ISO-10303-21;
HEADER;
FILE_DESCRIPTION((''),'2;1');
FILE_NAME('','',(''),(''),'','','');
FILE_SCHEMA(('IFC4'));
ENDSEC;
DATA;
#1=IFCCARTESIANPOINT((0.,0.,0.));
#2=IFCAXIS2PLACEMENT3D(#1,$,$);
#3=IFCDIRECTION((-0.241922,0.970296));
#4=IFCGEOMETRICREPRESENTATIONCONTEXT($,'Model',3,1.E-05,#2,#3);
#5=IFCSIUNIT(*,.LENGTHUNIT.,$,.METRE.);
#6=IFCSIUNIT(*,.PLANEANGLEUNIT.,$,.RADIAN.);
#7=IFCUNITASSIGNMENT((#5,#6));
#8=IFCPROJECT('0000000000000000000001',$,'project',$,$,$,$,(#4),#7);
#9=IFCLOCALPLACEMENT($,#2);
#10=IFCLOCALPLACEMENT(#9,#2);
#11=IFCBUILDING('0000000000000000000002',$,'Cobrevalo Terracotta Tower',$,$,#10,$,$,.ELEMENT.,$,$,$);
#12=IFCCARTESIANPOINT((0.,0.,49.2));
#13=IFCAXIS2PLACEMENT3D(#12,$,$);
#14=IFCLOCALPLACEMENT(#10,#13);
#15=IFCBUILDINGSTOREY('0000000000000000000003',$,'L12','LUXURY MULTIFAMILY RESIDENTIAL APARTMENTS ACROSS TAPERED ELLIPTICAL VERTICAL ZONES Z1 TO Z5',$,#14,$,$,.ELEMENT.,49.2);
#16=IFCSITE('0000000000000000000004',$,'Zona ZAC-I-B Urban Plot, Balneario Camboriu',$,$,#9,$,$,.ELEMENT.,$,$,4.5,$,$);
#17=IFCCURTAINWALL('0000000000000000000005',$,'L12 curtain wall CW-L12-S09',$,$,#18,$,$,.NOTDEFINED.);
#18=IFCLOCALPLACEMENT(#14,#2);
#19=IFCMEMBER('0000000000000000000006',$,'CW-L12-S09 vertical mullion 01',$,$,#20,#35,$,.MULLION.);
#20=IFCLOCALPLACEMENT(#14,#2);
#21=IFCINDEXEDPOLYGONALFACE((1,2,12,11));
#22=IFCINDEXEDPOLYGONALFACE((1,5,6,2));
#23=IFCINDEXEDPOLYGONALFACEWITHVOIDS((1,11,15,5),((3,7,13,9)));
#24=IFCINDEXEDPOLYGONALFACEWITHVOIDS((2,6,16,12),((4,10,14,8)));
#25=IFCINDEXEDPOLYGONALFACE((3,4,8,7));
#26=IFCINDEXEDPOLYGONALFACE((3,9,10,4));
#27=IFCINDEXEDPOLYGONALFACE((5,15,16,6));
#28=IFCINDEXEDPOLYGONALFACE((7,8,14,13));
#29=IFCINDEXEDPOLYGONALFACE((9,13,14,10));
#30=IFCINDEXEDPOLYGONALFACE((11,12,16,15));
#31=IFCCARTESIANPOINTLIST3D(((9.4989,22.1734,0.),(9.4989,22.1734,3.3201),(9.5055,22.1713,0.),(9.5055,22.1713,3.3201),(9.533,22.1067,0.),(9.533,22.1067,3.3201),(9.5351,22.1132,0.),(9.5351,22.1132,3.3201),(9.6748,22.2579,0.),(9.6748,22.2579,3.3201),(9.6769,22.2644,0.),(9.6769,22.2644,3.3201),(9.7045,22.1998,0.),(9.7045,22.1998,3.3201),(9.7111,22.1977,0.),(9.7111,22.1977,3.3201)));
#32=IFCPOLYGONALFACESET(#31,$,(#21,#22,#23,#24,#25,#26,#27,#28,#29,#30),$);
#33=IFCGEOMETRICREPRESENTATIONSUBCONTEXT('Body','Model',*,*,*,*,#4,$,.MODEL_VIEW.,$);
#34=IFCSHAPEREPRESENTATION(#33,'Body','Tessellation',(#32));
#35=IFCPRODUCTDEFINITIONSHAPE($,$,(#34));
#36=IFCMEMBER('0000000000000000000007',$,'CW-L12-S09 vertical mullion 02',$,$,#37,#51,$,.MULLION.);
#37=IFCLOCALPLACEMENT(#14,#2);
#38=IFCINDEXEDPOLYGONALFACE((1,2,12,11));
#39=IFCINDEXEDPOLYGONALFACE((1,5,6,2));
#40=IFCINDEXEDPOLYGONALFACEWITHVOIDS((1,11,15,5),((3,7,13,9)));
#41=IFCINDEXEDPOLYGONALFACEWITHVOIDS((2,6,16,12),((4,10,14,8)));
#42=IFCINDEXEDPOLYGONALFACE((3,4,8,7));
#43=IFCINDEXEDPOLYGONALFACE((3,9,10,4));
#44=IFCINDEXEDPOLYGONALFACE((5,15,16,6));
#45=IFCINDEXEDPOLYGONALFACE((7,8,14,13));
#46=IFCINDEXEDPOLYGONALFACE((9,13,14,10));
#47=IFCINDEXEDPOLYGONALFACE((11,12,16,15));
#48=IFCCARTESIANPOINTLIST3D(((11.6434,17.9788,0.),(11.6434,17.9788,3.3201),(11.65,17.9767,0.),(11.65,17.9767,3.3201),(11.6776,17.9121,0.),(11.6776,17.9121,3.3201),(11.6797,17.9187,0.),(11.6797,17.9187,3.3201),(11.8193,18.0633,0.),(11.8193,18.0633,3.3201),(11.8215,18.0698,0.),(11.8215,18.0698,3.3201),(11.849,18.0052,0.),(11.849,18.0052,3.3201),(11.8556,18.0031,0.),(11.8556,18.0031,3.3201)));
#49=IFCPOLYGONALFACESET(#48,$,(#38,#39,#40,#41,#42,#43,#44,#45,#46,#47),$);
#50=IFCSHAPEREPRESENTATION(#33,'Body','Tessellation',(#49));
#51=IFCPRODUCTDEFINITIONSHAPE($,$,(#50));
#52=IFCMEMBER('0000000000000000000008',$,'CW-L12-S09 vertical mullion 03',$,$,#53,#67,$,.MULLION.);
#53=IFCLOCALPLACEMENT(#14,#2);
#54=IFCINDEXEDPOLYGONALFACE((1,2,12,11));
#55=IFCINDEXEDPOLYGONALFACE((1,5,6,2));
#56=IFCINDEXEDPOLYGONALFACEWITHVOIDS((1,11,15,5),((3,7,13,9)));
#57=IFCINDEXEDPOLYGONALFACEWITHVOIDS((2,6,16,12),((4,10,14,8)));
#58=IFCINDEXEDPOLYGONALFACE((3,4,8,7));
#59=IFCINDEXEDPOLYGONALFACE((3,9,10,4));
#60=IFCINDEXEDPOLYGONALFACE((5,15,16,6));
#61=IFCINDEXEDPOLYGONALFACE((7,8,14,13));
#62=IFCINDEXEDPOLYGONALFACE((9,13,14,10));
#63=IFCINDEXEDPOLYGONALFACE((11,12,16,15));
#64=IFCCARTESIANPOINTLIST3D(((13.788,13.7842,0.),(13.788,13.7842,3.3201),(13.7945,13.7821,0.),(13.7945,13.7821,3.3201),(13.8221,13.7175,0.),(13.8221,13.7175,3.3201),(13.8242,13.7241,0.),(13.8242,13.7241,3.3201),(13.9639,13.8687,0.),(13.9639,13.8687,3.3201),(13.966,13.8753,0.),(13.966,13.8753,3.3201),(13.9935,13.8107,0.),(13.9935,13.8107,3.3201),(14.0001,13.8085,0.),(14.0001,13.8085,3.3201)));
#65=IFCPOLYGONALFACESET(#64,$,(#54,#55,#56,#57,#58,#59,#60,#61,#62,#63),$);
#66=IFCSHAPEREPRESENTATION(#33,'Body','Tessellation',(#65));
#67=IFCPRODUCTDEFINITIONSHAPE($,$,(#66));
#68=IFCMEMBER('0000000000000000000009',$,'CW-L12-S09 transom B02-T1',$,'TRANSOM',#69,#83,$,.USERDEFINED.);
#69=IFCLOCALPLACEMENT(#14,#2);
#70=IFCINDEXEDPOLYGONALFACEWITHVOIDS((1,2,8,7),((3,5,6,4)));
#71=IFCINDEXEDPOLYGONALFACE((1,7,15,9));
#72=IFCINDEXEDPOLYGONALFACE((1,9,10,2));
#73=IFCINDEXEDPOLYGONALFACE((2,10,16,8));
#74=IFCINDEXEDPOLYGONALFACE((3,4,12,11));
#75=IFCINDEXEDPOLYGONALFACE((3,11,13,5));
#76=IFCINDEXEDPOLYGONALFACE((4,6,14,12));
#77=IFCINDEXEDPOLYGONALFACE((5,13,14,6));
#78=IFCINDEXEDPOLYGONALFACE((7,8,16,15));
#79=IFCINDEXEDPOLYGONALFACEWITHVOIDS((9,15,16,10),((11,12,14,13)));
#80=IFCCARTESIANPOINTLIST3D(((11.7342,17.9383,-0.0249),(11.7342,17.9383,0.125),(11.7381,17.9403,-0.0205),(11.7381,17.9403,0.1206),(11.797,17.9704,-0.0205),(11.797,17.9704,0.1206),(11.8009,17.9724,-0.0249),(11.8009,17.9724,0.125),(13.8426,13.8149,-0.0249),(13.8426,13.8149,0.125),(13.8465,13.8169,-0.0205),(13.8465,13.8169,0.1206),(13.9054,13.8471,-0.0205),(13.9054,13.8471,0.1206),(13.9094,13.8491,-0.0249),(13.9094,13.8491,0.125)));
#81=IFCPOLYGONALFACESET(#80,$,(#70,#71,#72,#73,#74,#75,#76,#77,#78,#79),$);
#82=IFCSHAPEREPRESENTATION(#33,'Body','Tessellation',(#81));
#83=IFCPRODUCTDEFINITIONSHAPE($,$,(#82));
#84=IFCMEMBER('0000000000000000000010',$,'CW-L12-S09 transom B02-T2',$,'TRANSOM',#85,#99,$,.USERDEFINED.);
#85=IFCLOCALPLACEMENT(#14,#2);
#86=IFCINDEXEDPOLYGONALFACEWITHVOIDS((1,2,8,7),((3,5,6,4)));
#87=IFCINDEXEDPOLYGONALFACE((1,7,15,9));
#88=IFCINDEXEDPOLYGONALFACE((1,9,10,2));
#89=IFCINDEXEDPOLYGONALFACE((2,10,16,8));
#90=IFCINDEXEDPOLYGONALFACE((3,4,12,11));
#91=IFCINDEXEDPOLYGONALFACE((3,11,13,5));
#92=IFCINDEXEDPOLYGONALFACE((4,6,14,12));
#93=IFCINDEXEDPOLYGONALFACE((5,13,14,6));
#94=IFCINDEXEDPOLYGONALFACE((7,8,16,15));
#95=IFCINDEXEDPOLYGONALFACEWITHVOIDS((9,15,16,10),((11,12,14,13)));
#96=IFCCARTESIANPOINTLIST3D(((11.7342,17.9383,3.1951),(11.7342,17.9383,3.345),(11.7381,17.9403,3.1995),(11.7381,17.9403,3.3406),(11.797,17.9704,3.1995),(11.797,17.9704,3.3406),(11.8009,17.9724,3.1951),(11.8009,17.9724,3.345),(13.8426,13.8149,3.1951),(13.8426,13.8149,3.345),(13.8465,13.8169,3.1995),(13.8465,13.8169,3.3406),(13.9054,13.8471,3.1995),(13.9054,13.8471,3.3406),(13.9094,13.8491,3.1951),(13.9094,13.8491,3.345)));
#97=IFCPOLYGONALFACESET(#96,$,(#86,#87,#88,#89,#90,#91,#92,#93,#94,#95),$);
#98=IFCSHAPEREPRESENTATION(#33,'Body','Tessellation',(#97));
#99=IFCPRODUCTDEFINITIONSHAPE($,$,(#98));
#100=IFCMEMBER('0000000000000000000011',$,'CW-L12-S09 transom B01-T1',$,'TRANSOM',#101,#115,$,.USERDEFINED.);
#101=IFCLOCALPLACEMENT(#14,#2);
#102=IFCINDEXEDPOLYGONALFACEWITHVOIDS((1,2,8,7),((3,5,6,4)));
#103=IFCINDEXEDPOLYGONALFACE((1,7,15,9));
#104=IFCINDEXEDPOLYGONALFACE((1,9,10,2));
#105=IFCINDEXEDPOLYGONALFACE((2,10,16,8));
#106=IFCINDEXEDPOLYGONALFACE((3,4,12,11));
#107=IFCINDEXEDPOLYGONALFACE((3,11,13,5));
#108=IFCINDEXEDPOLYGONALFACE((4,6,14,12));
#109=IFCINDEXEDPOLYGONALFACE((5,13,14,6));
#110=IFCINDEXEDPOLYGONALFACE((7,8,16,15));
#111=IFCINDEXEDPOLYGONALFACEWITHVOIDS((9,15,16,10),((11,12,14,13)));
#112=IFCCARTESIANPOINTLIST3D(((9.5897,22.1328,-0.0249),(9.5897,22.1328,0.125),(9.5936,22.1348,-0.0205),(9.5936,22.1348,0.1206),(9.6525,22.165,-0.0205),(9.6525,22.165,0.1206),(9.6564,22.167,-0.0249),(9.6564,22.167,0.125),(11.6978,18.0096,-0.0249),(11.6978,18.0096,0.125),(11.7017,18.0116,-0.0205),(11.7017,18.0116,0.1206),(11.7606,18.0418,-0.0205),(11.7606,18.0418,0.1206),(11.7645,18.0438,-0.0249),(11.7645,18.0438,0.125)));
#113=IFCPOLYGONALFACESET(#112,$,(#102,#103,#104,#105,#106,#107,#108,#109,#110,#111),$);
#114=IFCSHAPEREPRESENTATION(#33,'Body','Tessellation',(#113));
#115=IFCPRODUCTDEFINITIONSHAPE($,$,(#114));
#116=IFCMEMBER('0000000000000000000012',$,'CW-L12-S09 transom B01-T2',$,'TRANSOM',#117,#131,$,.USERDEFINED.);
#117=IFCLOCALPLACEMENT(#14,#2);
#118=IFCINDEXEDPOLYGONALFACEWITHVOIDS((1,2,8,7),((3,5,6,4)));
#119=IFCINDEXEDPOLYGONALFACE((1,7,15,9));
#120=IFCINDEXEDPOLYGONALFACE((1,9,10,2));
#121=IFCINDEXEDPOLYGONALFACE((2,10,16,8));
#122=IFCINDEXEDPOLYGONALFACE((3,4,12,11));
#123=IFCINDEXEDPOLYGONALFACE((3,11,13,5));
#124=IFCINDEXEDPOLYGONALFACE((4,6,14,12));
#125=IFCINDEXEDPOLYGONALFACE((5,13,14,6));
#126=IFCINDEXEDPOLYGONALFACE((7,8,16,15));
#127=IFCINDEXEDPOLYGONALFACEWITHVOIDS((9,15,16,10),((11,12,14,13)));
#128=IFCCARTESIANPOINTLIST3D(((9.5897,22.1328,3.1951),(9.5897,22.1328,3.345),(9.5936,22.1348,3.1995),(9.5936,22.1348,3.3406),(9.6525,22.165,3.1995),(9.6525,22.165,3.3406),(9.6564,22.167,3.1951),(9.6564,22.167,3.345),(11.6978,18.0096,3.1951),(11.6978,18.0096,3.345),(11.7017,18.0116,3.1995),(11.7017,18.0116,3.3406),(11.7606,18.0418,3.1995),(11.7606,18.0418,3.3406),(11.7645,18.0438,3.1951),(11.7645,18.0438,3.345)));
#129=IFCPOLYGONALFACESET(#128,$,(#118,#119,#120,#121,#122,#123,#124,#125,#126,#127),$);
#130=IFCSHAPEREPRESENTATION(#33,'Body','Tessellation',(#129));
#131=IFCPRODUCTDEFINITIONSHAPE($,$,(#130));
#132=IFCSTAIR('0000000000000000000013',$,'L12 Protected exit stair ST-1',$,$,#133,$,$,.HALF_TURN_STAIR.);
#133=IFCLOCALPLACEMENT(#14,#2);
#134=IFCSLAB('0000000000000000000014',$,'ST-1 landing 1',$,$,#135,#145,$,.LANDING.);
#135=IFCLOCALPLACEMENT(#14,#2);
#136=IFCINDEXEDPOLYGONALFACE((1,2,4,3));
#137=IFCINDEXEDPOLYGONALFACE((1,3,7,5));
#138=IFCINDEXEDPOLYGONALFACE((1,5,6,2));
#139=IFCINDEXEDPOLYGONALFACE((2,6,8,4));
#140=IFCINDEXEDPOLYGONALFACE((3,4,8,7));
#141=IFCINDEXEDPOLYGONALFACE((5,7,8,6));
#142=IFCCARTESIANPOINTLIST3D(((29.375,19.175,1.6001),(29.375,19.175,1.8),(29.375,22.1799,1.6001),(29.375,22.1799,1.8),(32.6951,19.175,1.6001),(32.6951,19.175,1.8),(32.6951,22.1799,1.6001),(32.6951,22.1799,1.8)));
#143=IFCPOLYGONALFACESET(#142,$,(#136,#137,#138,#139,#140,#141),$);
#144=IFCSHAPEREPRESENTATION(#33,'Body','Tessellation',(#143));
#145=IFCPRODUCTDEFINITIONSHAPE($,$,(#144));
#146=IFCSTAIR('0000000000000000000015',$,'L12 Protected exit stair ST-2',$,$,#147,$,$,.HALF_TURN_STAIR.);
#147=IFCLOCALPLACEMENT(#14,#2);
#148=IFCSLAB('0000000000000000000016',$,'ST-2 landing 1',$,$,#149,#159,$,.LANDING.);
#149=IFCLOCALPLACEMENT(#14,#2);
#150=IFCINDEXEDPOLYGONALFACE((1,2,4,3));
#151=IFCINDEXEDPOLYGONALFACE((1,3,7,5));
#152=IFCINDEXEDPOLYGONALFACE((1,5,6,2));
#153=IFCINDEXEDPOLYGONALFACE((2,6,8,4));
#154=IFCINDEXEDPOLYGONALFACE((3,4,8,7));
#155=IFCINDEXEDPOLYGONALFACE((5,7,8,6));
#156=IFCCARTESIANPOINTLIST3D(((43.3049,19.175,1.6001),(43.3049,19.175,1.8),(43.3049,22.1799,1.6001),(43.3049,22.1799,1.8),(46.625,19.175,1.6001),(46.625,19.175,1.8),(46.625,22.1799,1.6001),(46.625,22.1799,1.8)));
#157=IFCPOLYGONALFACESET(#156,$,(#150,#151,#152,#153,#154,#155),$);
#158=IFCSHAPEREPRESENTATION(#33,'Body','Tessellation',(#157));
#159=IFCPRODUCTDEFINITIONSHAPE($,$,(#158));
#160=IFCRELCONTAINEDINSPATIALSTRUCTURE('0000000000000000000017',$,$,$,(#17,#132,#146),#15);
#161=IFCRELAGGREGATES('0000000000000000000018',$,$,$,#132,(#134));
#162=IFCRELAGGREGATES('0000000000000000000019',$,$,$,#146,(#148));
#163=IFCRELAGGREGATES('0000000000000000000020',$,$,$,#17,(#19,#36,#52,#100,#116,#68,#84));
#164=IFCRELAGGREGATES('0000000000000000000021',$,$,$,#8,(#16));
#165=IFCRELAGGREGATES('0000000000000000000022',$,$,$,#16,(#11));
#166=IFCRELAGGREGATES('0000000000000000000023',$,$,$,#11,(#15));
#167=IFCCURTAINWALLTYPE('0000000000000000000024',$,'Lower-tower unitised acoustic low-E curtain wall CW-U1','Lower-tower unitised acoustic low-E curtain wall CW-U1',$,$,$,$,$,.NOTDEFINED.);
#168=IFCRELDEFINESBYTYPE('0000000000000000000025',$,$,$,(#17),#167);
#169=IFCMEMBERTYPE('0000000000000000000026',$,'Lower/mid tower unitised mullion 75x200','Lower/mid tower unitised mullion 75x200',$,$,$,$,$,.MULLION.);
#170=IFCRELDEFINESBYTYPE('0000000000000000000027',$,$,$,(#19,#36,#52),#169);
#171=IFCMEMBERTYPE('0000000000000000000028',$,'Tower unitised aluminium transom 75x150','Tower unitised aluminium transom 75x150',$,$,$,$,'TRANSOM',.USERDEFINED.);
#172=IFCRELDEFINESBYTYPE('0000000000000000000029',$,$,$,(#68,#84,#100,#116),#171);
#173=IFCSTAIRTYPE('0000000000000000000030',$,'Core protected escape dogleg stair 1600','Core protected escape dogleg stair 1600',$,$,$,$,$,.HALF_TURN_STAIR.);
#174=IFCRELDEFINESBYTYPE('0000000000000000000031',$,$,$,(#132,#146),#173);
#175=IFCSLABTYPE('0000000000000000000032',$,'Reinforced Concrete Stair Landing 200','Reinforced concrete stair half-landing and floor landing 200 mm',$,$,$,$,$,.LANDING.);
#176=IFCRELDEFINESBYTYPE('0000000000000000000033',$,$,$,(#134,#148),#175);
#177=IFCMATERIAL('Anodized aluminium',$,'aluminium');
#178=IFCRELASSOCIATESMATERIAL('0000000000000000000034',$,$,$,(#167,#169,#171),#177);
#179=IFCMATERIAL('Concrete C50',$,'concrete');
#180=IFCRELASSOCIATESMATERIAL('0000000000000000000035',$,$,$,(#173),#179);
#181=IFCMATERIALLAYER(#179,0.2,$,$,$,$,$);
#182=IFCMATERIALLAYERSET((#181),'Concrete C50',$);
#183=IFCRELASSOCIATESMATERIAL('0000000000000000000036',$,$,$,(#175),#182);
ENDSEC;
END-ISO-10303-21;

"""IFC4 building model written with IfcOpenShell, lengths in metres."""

from ifc_helpers import new_model, si_unit, direction, frame, origin, origin_2d, place, context, subcontext, project, spatial, polyline, hollow_rectangle, outline, extrude, source, transform, mapped, material, layer, layer_set, material_profile, profile_set, type_object, element, aggregate, save


model = new_model("IFC4")

# Units and contexts
model_context = context("Model", 3, precision=1e-05, world=origin(), true_north=direction((-0.241922, 0.970296)))
body_context = subcontext(model_context, "Body", "Model", "MODEL_VIEW")
ifc_project = project(units=[si_unit("LENGTHUNIT", "METRE"), si_unit("PLANEANGLEUNIT", "RADIAN")], contexts=[model_context])

# Site, building, storey
site_placement = place(None, origin())
site = spatial("IfcSite", under=ifc_project, at=site_placement, Name="Zona ZAC-I-B Urban Plot, Balneario Camboriu", CompositionType="ELEMENT", RefElevation=4.5)
building_placement = place(site_placement, origin())
building = spatial("IfcBuilding", under=site, at=building_placement, Name="Cobrevalo Terracotta Tower", CompositionType="ELEMENT")
storey_placement = place(building_placement, frame((0.0, 0.0, 49.2)))
storey = spatial("IfcBuildingStorey", under=building, at=storey_placement, Name="L12", Description="LUXURY MULTIFAMILY RESIDENTIAL APARTMENTS ACROSS TAPERED ELLIPTICAL VERTICAL ZONES Z1 TO Z5", CompositionType="ELEMENT", Elevation=49.2)

# Curtain wall, members
ifc_material_1 = material(Name="Anodized aluminium", Category="aluminium")
curtain_wall_type = type_object("IfcCurtainWallType", Name="Lower-tower unitised acoustic low-E curtain wall CW-U1", Description="Lower-tower unitised acoustic low-E curtain wall CW-U1", PredefinedType="NOTDEFINED", material=ifc_material_1)
curtain_wall_placement = place(storey_placement, origin())
curtain_wall = element("IfcCurtainWall", 1, at=curtain_wall_placement, inside=storey, type_object=curtain_wall_type, Name="L12 curtain wall CW-L12-S09", PredefinedType="NOTDEFINED")
ifc_material_profile_1 = material_profile(ifc_material_1, hollow_rectangle(XDim=0.075, YDim=0.2, WallThickness=0.0049, at=origin_2d()), Name="CWM 75x200")
ifc_profile_set_1 = profile_set([ifc_material_profile_1], Name="Anodized aluminium")
member_type_1 = type_object("IfcMemberType", Name="Lower/mid tower unitised mullion 75x200", Description="Lower/mid tower unitised mullion 75x200", PredefinedType="MULLION", material=ifc_profile_set_1)
shared_shape_1 = source(origin(), body_context, "Body", "SweptSolid", [
    extrude(hollow_rectangle(XDim=0.075, YDim=0.2, WallThickness=0.0049, at=origin_2d()), origin(), (0.0, 0.0, 1.0), 3.3201),
])
member_1_placement = place(storey_placement, frame((9.605, 22.1855, 0.0), z_axis=(0.0, 0.0, 1.0), x_axis=(0.455234, -0.890372, 0.0)))
member_1 = element("IfcMember", 2, at=member_1_placement, type_object=member_type_1, Name="CW-L12-S09 vertical mullion 01", PredefinedType="MULLION", context=body_context, shape_type="MappedRepresentation", body=[
    mapped(shared_shape_1, transform((0.0, 0.0, 0.0), scale=1.0)),
])
member_2_placement = place(storey_placement, frame((11.7495, 17.991, 0.0), z_axis=(0.0, 0.0, 1.0), x_axis=(0.455234, -0.890372, 0.0)))
member_2 = element("IfcMember", 3, at=member_2_placement, type_object=member_type_1, Name="CW-L12-S09 vertical mullion 02", PredefinedType="MULLION", context=body_context, shape_type="MappedRepresentation", body=[
    mapped(shared_shape_1, transform((0.0, 0.0, 0.0), scale=1.0)),
])
member_3_placement = place(storey_placement, frame((13.894, 13.7964, 0.0), z_axis=(0.0, 0.0, 1.0), x_axis=(0.455234, -0.890372, 0.0)))
member_3 = element("IfcMember", 4, at=member_3_placement, type_object=member_type_1, Name="CW-L12-S09 vertical mullion 03", PredefinedType="MULLION", context=body_context, shape_type="MappedRepresentation", body=[
    mapped(shared_shape_1, transform((0.0, 0.0, 0.0), scale=1.0)),
])
ifc_material_profile_2 = material_profile(ifc_material_1, hollow_rectangle(XDim=0.075, YDim=0.1499, WallThickness=0.0044, at=origin_2d()), Name="CWT 75x150")
ifc_profile_set_2 = profile_set([ifc_material_profile_2], Name="Anodized aluminium")
member_type_2 = type_object("IfcMemberType", Name="Tower unitised aluminium transom 75x150", Description="Tower unitised aluminium transom 75x150", ElementType="TRANSOM", PredefinedType="USERDEFINED", material=ifc_profile_set_2)
shared_shape_2 = source(origin(), body_context, "Body", "SweptSolid", [
    extrude(hollow_rectangle(XDim=0.075, YDim=0.1499, WallThickness=0.0044, at=origin_2d()), origin(), (0.0, 0.0, 1.0), 4.6311),
])
member_4_placement = place(storey_placement, frame((11.7676, 17.9553, 0.05), z_axis=(0.455272, -0.890353, 0.0), x_axis=(0.890353, 0.455272, 0.0)))
member_4 = element("IfcMember", 5, at=member_4_placement, type_object=member_type_2, Name="CW-L12-S09 transom B02-T1", ObjectType="TRANSOM", PredefinedType="USERDEFINED", context=body_context, shape_type="MappedRepresentation", body=[
    mapped(shared_shape_2, transform((0.0, 0.0, 0.0), scale=1.0)),
])
member_5_placement = place(storey_placement, frame((11.7676, 17.9553, 3.27), z_axis=(0.455272, -0.890353, 0.0), x_axis=(0.890353, 0.455272, 0.0)))
member_5 = element("IfcMember", 6, at=member_5_placement, type_object=member_type_2, Name="CW-L12-S09 transom B02-T2", ObjectType="TRANSOM", PredefinedType="USERDEFINED", context=body_context, shape_type="MappedRepresentation", body=[
    mapped(shared_shape_2, transform((0.0, 0.0, 0.0), scale=1.0)),
])
shared_shape_3 = source(origin(), body_context, "Body", "SweptSolid", [
    extrude(hollow_rectangle(XDim=0.075, YDim=0.1499, WallThickness=0.0044, at=origin_2d()), origin(), (0.0, 0.0, 1.0), 4.6309),
])
member_6_placement = place(storey_placement, frame((9.623, 22.1499, 0.05), z_axis=(0.45523, -0.890374, 0.0), x_axis=(0.890374, 0.45523, 0.0)))
member_6 = element("IfcMember", 7, at=member_6_placement, type_object=member_type_2, Name="CW-L12-S09 transom B01-T1", ObjectType="TRANSOM", PredefinedType="USERDEFINED", context=body_context, shape_type="MappedRepresentation", body=[
    mapped(shared_shape_3, transform((0.0, 0.0, 0.0), scale=1.0)),
])
member_7_placement = place(storey_placement, frame((9.623, 22.1499, 3.27), z_axis=(0.45523, -0.890374, 0.0), x_axis=(0.890374, 0.45523, 0.0)))
member_7 = element("IfcMember", 8, at=member_7_placement, type_object=member_type_2, Name="CW-L12-S09 transom B01-T2", ObjectType="TRANSOM", PredefinedType="USERDEFINED", context=body_context, shape_type="MappedRepresentation", body=[
    mapped(shared_shape_3, transform((0.0, 0.0, 0.0), scale=1.0)),
])

# Stairs, slabs
ifc_material_2 = material(Name="Concrete C50", Category="concrete")
stair_type = type_object("IfcStairType", Name="Core protected escape dogleg stair 1600", Description="Core protected escape dogleg stair 1600", PredefinedType="HALF_TURN_STAIR", material=ifc_material_2)
stair_1_placement = place(storey_placement, origin())
stair_1 = element("IfcStair", 9, at=stair_1_placement, inside=storey, type_object=stair_type, Name="L12 Protected exit stair ST-1", PredefinedType="HALF_TURN_STAIR")
ifc_layer_1 = layer(ifc_material_2, 0.2)
ifc_layer_set_1 = layer_set([ifc_layer_1], Name="Concrete C50")
slab_type_1 = type_object("IfcSlabType", Name="Reinforced Concrete Stair Landing 200", Description="Reinforced concrete stair half-landing and floor landing 200 mm", PredefinedType="LANDING", material=ifc_layer_set_1)
slab_1_placement = place(storey_placement, frame((0.0, 0.0, 1.6001)))
slab_1 = element("IfcSlab", 10, at=slab_1_placement, type_object=slab_type_1, Name="ST-1 landing 1", PredefinedType="LANDING", context=body_context, shape_type="SweptSolid", body=[
    extrude(outline(polyline([(29.375, 22.1799), (29.375, 19.175), (32.6951, 19.175), (32.6951, 22.1799), (29.375, 22.1799)])), origin(), (0.0, 0.0, 1.0), 0.2),
])
aggregate(stair_1, [slab_1])
stair_2_placement = place(storey_placement, origin())
stair_2 = element("IfcStair", 11, at=stair_2_placement, inside=storey, type_object=stair_type, Name="L12 Protected exit stair ST-2", PredefinedType="HALF_TURN_STAIR")
slab_2_placement = place(storey_placement, frame((0.0, 0.0, 1.6001)))
slab_2 = element("IfcSlab", 12, at=slab_2_placement, type_object=slab_type_1, Name="ST-2 landing 1", PredefinedType="LANDING", context=body_context, shape_type="SweptSolid", body=[
    extrude(outline(polyline([(43.3049, 22.1799), (43.3049, 19.175), (46.625, 19.175), (46.625, 22.1799), (43.3049, 22.1799)])), origin(), (0.0, 0.0, 1.0), 0.2),
])
aggregate(stair_2, [slab_2])

aggregate(curtain_wall, [member_1, member_2, member_3, member_6, member_7, member_4, member_5])

save(model, "model.ifc")
